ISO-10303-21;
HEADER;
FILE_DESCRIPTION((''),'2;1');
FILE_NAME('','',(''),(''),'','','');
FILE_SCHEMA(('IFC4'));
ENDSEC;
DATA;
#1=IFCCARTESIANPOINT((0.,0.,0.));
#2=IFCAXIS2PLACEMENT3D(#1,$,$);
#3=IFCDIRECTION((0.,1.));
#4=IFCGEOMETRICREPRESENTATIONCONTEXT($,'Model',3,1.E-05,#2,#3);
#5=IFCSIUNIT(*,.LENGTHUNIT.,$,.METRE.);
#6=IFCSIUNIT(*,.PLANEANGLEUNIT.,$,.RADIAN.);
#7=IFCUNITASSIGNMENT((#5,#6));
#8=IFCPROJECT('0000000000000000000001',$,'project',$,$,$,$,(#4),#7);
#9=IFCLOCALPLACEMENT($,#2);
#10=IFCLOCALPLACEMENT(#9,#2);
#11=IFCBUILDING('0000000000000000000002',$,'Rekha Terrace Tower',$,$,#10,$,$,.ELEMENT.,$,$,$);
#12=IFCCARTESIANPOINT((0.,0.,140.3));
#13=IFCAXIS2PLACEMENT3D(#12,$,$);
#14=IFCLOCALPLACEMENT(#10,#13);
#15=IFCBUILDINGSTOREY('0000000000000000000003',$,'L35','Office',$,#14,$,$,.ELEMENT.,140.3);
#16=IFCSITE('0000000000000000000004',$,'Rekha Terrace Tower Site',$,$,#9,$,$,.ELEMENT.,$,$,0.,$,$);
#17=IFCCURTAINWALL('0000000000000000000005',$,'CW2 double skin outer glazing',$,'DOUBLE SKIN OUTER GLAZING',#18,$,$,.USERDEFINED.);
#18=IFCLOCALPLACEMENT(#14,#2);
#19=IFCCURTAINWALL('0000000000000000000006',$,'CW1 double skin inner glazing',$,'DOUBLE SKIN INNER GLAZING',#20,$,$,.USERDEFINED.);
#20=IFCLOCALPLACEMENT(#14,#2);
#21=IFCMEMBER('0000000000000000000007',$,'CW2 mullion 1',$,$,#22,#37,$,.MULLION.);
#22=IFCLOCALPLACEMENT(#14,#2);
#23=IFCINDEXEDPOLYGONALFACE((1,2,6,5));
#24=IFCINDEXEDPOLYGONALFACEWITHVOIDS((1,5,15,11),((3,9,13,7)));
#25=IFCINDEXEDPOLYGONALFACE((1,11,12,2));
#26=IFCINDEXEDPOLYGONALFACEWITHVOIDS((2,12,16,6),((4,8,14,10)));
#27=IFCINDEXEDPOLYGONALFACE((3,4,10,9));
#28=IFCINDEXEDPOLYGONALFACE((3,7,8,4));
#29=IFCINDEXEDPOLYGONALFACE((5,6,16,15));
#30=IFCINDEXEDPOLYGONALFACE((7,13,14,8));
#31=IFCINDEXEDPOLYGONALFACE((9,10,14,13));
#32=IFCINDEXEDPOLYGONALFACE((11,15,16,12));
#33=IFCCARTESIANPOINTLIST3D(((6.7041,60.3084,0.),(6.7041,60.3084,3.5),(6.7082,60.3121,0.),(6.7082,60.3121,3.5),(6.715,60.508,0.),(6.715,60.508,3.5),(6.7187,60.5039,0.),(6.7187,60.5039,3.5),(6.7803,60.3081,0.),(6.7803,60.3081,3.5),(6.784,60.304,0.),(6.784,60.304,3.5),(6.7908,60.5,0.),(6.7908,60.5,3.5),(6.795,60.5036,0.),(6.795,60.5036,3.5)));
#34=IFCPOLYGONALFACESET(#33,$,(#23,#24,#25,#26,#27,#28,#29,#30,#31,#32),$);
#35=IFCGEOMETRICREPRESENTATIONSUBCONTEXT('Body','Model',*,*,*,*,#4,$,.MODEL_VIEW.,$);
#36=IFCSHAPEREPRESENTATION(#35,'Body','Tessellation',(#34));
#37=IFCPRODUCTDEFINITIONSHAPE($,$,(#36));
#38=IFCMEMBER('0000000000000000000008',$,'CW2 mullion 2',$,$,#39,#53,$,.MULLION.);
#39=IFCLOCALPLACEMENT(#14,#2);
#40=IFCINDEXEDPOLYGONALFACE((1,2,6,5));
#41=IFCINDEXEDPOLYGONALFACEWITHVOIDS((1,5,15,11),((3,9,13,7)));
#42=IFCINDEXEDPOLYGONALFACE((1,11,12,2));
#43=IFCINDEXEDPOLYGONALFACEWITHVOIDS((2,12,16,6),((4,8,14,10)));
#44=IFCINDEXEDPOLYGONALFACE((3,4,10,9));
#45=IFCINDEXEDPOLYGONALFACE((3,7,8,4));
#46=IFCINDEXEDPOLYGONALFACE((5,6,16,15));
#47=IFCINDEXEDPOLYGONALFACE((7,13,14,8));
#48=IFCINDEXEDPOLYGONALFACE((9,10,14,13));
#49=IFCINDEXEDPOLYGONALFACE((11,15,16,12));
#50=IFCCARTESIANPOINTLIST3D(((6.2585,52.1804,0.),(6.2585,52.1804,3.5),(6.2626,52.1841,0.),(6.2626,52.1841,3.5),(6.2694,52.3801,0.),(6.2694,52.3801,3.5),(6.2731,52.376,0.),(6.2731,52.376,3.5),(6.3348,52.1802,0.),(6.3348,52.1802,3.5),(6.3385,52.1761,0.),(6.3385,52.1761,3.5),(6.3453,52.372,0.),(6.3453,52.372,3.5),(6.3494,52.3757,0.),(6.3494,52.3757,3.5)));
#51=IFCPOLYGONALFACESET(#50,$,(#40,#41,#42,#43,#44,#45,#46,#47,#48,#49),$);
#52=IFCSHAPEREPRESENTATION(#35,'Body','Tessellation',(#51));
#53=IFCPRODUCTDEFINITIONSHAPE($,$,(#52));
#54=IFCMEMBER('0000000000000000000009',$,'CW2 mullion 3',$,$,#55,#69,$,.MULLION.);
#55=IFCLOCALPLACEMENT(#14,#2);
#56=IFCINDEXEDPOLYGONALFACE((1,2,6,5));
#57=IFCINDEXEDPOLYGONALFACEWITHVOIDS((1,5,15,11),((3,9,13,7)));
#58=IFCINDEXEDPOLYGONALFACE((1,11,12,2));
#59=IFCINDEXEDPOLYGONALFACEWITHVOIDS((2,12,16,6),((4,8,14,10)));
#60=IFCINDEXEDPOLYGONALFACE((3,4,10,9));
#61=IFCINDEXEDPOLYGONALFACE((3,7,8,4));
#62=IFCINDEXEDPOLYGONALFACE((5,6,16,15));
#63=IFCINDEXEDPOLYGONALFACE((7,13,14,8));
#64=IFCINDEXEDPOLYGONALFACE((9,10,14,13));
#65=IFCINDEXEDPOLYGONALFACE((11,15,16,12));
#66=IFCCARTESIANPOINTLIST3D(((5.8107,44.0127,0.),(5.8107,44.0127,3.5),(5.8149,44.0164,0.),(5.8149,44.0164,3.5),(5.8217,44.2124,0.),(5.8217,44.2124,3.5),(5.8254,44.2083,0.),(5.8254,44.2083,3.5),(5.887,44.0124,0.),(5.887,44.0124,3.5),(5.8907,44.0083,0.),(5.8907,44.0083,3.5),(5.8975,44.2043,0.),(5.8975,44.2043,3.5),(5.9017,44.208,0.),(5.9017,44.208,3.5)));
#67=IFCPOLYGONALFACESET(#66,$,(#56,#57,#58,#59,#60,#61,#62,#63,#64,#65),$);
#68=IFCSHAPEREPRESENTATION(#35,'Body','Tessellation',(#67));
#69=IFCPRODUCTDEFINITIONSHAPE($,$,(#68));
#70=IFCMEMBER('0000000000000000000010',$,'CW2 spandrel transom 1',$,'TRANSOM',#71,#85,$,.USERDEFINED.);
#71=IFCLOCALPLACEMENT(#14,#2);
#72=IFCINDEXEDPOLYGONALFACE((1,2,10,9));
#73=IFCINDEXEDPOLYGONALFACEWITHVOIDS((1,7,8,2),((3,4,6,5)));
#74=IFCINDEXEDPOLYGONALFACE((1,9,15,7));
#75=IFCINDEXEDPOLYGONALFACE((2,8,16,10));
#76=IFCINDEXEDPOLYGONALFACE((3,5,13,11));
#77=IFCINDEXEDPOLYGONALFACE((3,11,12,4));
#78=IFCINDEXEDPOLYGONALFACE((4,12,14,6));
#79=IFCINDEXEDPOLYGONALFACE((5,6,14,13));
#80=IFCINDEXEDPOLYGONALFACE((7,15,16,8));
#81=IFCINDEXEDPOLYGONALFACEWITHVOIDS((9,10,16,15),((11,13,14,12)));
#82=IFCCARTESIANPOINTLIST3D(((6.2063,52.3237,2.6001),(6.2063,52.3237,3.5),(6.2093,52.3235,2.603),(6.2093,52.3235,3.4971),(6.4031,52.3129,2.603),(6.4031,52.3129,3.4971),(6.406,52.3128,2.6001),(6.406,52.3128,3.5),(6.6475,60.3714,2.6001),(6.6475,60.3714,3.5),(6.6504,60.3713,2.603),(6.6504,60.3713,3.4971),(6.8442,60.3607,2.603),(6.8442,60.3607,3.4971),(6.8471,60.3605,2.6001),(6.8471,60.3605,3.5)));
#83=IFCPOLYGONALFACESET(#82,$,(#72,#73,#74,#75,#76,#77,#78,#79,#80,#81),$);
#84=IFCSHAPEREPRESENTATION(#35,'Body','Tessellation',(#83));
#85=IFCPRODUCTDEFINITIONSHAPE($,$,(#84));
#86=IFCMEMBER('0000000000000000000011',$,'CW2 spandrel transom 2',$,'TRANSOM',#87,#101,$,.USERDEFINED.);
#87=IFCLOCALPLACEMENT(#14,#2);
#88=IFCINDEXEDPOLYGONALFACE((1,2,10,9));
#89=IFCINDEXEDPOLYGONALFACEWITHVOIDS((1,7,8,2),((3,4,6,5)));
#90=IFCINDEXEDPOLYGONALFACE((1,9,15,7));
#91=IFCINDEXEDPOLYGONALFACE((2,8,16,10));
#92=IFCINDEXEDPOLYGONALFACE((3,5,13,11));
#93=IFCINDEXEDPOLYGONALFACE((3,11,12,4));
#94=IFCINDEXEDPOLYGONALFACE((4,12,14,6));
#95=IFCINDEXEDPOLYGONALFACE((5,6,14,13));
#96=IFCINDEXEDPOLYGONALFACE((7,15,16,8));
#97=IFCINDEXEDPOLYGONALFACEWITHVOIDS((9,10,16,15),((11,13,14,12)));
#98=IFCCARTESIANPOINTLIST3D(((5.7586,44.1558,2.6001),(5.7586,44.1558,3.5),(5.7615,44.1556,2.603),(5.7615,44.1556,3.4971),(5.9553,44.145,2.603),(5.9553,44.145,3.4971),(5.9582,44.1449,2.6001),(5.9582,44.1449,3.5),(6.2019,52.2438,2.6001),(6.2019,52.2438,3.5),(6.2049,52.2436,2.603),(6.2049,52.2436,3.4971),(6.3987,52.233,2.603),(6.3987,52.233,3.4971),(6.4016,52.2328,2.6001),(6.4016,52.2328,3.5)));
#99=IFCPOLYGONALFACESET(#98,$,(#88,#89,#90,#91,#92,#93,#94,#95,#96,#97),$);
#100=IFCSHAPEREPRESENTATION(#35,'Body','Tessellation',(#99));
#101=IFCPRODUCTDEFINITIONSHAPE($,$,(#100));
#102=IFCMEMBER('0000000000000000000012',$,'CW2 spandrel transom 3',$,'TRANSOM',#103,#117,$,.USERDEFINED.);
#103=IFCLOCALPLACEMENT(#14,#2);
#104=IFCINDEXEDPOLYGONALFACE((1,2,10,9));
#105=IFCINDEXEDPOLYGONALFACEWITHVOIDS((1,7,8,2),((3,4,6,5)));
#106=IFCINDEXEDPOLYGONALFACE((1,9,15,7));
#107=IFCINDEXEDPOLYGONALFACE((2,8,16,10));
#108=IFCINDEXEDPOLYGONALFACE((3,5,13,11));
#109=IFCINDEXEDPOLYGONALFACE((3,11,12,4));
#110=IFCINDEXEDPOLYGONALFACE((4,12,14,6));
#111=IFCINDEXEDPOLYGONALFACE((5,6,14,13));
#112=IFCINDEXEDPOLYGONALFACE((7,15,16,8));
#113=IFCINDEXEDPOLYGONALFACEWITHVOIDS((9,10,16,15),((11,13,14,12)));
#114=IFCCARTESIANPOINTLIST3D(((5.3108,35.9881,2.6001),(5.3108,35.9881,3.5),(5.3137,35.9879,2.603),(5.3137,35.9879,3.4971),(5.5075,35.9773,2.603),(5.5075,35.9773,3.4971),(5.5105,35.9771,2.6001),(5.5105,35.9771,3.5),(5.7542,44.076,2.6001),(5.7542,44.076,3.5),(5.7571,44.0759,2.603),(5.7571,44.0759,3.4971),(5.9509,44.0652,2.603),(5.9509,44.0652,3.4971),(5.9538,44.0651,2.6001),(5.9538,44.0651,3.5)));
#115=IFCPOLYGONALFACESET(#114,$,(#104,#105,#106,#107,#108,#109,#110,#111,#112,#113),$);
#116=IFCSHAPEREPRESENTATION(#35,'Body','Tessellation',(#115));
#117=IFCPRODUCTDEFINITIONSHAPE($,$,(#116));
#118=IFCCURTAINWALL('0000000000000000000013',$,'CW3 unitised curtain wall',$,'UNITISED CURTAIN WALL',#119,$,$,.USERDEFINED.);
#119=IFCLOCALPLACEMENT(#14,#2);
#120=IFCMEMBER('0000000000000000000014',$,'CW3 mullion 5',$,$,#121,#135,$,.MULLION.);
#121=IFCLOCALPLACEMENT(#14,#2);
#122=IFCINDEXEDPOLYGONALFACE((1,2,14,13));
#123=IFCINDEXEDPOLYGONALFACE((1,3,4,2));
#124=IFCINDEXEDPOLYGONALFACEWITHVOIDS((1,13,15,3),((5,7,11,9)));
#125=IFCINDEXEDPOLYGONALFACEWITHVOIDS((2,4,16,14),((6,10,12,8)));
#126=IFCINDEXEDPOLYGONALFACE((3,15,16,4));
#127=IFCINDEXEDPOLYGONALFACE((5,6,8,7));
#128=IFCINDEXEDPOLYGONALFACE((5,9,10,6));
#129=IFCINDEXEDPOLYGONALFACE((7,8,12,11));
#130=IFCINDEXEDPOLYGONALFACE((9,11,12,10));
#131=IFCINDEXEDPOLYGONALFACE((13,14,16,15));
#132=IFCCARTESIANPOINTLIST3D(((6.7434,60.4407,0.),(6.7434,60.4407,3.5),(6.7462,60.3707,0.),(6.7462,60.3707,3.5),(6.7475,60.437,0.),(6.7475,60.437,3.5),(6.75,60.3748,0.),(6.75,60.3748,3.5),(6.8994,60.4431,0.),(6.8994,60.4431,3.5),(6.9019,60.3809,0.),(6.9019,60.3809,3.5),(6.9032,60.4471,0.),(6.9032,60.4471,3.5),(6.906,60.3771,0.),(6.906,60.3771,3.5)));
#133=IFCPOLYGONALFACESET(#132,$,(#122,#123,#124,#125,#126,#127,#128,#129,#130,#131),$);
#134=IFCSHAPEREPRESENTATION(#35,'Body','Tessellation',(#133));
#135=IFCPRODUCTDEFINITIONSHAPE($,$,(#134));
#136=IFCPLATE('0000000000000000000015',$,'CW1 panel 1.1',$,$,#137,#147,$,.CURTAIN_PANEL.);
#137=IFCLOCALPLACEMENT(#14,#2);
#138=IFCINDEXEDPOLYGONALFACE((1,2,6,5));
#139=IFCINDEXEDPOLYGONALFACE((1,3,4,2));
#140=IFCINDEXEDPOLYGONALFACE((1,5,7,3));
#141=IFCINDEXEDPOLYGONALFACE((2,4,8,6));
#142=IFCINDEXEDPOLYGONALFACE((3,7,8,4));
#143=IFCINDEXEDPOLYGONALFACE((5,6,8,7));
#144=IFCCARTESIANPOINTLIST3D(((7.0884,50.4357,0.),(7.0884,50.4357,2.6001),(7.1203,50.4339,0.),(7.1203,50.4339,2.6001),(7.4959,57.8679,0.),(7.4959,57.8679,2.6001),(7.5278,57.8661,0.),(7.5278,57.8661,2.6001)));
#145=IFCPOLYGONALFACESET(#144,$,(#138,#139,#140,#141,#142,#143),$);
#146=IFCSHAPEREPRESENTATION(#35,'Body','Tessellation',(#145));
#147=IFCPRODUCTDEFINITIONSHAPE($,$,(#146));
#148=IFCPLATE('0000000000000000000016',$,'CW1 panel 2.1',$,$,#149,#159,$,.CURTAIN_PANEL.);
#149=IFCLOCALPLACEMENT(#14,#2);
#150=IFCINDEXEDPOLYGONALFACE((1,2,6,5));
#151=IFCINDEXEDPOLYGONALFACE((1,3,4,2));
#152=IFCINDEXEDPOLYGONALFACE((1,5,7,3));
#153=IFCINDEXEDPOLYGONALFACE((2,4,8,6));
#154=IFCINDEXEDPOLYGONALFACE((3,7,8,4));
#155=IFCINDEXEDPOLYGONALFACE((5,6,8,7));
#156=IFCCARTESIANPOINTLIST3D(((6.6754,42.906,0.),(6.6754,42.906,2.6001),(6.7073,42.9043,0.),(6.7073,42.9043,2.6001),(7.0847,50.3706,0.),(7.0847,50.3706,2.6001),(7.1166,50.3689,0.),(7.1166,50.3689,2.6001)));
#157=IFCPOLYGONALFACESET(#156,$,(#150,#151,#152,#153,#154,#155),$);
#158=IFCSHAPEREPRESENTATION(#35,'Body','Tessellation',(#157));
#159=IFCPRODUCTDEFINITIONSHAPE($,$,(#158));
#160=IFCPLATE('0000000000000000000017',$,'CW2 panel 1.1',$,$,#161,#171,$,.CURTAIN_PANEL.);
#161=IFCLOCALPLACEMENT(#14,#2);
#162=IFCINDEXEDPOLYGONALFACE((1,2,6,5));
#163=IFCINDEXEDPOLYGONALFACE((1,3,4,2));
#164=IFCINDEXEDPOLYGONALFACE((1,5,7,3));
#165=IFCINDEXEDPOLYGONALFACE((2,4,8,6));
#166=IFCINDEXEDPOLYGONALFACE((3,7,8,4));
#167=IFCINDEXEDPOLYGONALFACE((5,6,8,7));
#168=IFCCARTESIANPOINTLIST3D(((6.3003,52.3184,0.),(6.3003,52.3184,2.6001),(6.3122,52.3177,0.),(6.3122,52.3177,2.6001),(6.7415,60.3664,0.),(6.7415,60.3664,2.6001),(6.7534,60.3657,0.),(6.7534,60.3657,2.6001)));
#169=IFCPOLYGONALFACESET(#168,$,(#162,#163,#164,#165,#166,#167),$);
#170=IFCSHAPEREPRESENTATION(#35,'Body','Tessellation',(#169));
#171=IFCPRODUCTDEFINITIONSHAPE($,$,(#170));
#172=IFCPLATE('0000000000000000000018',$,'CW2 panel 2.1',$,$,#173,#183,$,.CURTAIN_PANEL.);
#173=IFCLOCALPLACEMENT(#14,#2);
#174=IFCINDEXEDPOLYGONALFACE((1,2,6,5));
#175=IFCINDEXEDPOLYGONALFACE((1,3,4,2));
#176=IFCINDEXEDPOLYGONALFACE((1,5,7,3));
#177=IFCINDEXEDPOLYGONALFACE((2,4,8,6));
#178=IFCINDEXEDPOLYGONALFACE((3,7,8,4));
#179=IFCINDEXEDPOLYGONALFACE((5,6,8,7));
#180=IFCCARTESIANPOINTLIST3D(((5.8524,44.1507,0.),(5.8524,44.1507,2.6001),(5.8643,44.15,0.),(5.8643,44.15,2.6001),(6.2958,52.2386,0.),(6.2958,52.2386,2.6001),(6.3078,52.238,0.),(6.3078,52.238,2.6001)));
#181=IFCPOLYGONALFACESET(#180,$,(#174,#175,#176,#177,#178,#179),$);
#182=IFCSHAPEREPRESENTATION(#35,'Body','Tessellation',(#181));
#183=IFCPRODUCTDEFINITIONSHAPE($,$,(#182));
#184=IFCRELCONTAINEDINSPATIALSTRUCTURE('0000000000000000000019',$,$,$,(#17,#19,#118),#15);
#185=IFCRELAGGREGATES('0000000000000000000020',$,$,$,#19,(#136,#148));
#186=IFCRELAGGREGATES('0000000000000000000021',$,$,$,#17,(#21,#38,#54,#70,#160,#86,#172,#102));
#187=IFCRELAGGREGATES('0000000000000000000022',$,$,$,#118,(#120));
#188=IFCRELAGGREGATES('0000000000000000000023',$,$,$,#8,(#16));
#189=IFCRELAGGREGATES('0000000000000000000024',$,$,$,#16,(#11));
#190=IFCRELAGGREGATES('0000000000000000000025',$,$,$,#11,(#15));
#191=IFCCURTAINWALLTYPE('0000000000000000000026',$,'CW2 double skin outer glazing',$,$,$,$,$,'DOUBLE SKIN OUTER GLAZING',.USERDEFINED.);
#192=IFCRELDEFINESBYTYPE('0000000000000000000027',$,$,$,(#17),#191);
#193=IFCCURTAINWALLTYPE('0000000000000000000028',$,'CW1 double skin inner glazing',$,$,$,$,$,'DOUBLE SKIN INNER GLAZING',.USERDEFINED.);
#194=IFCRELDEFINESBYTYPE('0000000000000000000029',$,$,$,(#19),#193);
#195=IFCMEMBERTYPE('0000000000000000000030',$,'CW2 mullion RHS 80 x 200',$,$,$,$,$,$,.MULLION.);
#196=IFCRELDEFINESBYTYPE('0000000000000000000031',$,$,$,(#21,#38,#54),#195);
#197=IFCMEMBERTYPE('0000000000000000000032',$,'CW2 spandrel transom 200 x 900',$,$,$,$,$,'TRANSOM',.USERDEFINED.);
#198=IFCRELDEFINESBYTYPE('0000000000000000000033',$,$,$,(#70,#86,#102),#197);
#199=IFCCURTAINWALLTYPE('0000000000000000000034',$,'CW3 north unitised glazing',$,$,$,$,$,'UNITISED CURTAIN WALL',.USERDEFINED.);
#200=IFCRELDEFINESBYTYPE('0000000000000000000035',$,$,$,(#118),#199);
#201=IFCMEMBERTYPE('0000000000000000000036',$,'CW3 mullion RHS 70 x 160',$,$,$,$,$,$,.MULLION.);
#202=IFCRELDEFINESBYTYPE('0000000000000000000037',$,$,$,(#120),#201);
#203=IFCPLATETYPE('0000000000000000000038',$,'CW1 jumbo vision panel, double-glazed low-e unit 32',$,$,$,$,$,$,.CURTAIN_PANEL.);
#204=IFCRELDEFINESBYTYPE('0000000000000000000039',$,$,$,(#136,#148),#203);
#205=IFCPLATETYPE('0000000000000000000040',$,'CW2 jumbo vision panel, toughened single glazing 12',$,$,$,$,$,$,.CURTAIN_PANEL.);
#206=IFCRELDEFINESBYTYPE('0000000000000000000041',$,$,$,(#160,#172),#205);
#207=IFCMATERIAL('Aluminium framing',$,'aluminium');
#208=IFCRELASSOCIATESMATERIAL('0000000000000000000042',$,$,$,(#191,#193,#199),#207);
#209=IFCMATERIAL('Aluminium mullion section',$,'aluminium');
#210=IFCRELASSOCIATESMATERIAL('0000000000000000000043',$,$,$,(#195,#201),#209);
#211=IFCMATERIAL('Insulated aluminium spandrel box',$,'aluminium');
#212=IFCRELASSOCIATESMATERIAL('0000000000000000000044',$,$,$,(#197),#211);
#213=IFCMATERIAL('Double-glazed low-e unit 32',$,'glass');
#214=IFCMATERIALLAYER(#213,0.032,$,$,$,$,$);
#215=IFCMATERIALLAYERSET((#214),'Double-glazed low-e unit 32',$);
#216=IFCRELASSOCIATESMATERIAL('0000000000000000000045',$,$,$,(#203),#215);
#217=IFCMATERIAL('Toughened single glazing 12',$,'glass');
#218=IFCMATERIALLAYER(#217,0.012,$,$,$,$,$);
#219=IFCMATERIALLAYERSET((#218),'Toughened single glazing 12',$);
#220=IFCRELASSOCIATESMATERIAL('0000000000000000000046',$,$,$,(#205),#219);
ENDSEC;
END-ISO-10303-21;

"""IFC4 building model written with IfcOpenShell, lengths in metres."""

from ifc_helpers import new_model, si_unit, direction, frame, origin, origin_2d, place, context, subcontext, project, spatial, rectangle, hollow_rectangle, extrude, material, layer, layer_set, material_profile, profile_set, type_object, element, aggregate, save


model = new_model("IFC4")

# Units and contexts
model_context = context("Model", 3, precision=1e-05, world=origin(), true_north=direction((0.0, 1.0)))
body_context = subcontext(model_context, "Body", "Model", "MODEL_VIEW")
ifc_project = project(units=[si_unit("LENGTHUNIT", "METRE"), si_unit("PLANEANGLEUNIT", "RADIAN")], contexts=[model_context])

# Site, building, storey
site_placement = place(None, origin())
site = spatial("IfcSite", under=ifc_project, at=site_placement, Name="Rekha Terrace Tower Site", CompositionType="ELEMENT", RefElevation=0.0)
building_placement = place(site_placement, origin())
building = spatial("IfcBuilding", under=site, at=building_placement, Name="Rekha Terrace Tower", CompositionType="ELEMENT")
storey_placement = place(building_placement, frame((0.0, 0.0, 140.3)))
storey = spatial("IfcBuildingStorey", under=building, at=storey_placement, Name="L35", Description="Office", CompositionType="ELEMENT", Elevation=140.3)

# Curtain walls
ifc_material_1 = material(Name="Aluminium framing", Category="aluminium")
curtain_wall_type_1 = type_object("IfcCurtainWallType", Name="CW2 double skin outer glazing", ElementType="DOUBLE SKIN OUTER GLAZING", PredefinedType="USERDEFINED", material=ifc_material_1)
curtain_wall_1_placement = place(storey_placement, origin())
curtain_wall_1 = element("IfcCurtainWall", 1, at=curtain_wall_1_placement, inside=storey, type_object=curtain_wall_type_1, Name="CW2 double skin outer glazing", ObjectType="DOUBLE SKIN OUTER GLAZING", PredefinedType="USERDEFINED")
curtain_wall_type_2 = type_object("IfcCurtainWallType", Name="CW1 double skin inner glazing", ElementType="DOUBLE SKIN INNER GLAZING", PredefinedType="USERDEFINED", material=ifc_material_1)
curtain_wall_2_placement = place(storey_placement, origin())
curtain_wall_2 = element("IfcCurtainWall", 2, at=curtain_wall_2_placement, inside=storey, type_object=curtain_wall_type_2, Name="CW1 double skin inner glazing", ObjectType="DOUBLE SKIN INNER GLAZING", PredefinedType="USERDEFINED")
ifc_material_2 = material(Name="Aluminium mullion section", Category="aluminium")
ifc_material_3 = material(Name="Insulated aluminium spandrel box", Category="aluminium")

# Members
ifc_material_profile_1 = material_profile(ifc_material_2, hollow_rectangle(XDim=0.0801, YDim=0.2, WallThickness=0.0039, at=origin_2d()), Name="AL RHS 80x200")
ifc_profile_set_1 = profile_set([ifc_material_profile_1], Name="Aluminium mullion section")
member_type_1 = type_object("IfcMemberType", Name="CW2 mullion RHS 80 x 200", PredefinedType="MULLION", material=ifc_profile_set_1)
member_1_placement = place(storey_placement, frame((6.7495, 60.406, 0.0), z_axis=(0.0, 0.0, 1.0), x_axis=(0.998501, -0.054742, 0.0)))
member_1 = element("IfcMember", 3, at=member_1_placement, type_object=member_type_1, Name="CW2 mullion 1", PredefinedType="MULLION", context=body_context, shape_type="SweptSolid", body=[
    extrude(hollow_rectangle(XDim=0.0801, YDim=0.2, WallThickness=0.0039, at=origin_2d()), origin(), (0.0, 0.0, 1.0), 3.5),
])
member_2_placement = place(storey_placement, frame((6.304, 52.2781, 0.0), z_axis=(0.0, 0.0, 1.0), x_axis=(0.998501, -0.054742, 0.0)))
member_2 = element("IfcMember", 4, at=member_2_placement, type_object=member_type_1, Name="CW2 mullion 2", PredefinedType="MULLION", context=body_context, shape_type="SweptSolid", body=[
    extrude(hollow_rectangle(XDim=0.0801, YDim=0.2, WallThickness=0.0039, at=origin_2d()), origin(), (0.0, 0.0, 1.0), 3.5),
])
member_3_placement = place(storey_placement, frame((5.8562, 44.1104, 0.0), z_axis=(0.0, 0.0, 1.0), x_axis=(0.998501, -0.054742, 0.0)))
member_3 = element("IfcMember", 5, at=member_3_placement, type_object=member_type_1, Name="CW2 mullion 3", PredefinedType="MULLION", context=body_context, shape_type="SweptSolid", body=[
    extrude(hollow_rectangle(XDim=0.0801, YDim=0.2, WallThickness=0.0039, at=origin_2d()), origin(), (0.0, 0.0, 1.0), 3.5),
])
ifc_material_profile_2 = material_profile(ifc_material_3, hollow_rectangle(XDim=0.2, YDim=0.8999, WallThickness=0.0029, at=origin_2d()), Name="AL SPANDREL BOX 200x900")
ifc_profile_set_2 = profile_set([ifc_material_profile_2], Name="Insulated aluminium spandrel box")
member_type_2 = type_object("IfcMemberType", Name="CW2 spandrel transom 200 x 900", ElementType="TRANSOM", PredefinedType="USERDEFINED", material=ifc_profile_set_2)
member_4_placement = place(storey_placement, frame((6.7473, 60.366, 3.05), z_axis=(-0.054735, -0.998501, 0.0), x_axis=(0.998501, -0.054735, 0.0)))
member_4 = element("IfcMember", 6, at=member_4_placement, type_object=member_type_2, Name="CW2 spandrel transom 1", ObjectType="TRANSOM", PredefinedType="USERDEFINED", context=body_context, shape_type="SweptSolid", body=[
    extrude(hollow_rectangle(XDim=0.2, YDim=0.8999, WallThickness=0.0029, at=origin_2d()), origin(), (0.0, 0.0, 1.0), 8.0598),
])
member_5_placement = place(storey_placement, frame((6.3018, 52.2383, 3.05), z_axis=(-0.054735, -0.998501, 0.0), x_axis=(0.998501, -0.054735, 0.0)))
member_5 = element("IfcMember", 7, at=member_5_placement, type_object=member_type_2, Name="CW2 spandrel transom 2", ObjectType="TRANSOM", PredefinedType="USERDEFINED", context=body_context, shape_type="SweptSolid", body=[
    extrude(hollow_rectangle(XDim=0.2, YDim=0.8999, WallThickness=0.0029, at=origin_2d()), origin(), (0.0, 0.0, 1.0), 8.1001),
])
member_6_placement = place(storey_placement, frame((5.854, 44.0706, 3.05), z_axis=(-0.054735, -0.998501, 0.0), x_axis=(0.998501, -0.054735, 0.0)))
member_6 = element("IfcMember", 8, at=member_6_placement, type_object=member_type_2, Name="CW2 spandrel transom 3", ObjectType="TRANSOM", PredefinedType="USERDEFINED", context=body_context, shape_type="SweptSolid", body=[
    extrude(hollow_rectangle(XDim=0.2, YDim=0.8999, WallThickness=0.0029, at=origin_2d()), origin(), (0.0, 0.0, 1.0), 8.1001),
])

# Curtain wall, member
curtain_wall_type_3 = type_object("IfcCurtainWallType", Name="CW3 north unitised glazing", ElementType="UNITISED CURTAIN WALL", PredefinedType="USERDEFINED", material=ifc_material_1)
curtain_wall_3_placement = place(storey_placement, origin())
curtain_wall_3 = element("IfcCurtainWall", 9, at=curtain_wall_3_placement, inside=storey, type_object=curtain_wall_type_3, Name="CW3 unitised curtain wall", ObjectType="UNITISED CURTAIN WALL", PredefinedType="USERDEFINED")
ifc_material_profile_3 = material_profile(ifc_material_2, hollow_rectangle(XDim=0.0701, YDim=0.1599, WallThickness=0.0039, at=origin_2d()), Name="AL RHS 70x160")
ifc_profile_set_3 = profile_set([ifc_material_profile_3], Name="Aluminium mullion section")
member_type_3 = type_object("IfcMemberType", Name="CW3 mullion RHS 70 x 160", PredefinedType="MULLION", material=ifc_profile_set_3)
member_7_placement = place(storey_placement, frame((6.8247, 60.4089, 0.0), z_axis=(0.0, 0.0, 1.0), x_axis=(0.040032, -0.999198, 0.0)))
member_7 = element("IfcMember", 10, at=member_7_placement, type_object=member_type_3, Name="CW3 mullion 5", PredefinedType="MULLION", context=body_context, shape_type="SweptSolid", body=[
    extrude(hollow_rectangle(XDim=0.0701, YDim=0.1599, WallThickness=0.0039, at=origin_2d()), origin(), (0.0, 0.0, 1.0), 3.5),
])

# Plates
ifc_material_4 = material(Name="Double-glazed low-e unit 32", Category="glass")
ifc_layer_1 = layer(ifc_material_4, 0.032)
ifc_layer_set_1 = layer_set([ifc_layer_1], Name="Double-glazed low-e unit 32")
plate_type_1 = type_object("IfcPlateType", Name="CW1 jumbo vision panel, double-glazed low-e unit 32", PredefinedType="CURTAIN_PANEL", material=ifc_layer_set_1)
plate_1_placement = place(storey_placement, frame((7.3081, 54.1509, 0.0), z_axis=(0.0, 0.0, 1.0), x_axis=(-0.054742, -0.998501, 0.0)))
plate_1 = element("IfcPlate", 11, at=plate_1_placement, type_object=plate_type_1, Name="CW1 panel 1.1", PredefinedType="CURTAIN_PANEL", context=body_context, shape_type="SweptSolid", body=[
    extrude(rectangle(XDim=7.4434, YDim=0.032, at=origin_2d()), origin(), (0.0, 0.0, 1.0), 2.6001),
])
plate_2_placement = place(storey_placement, frame((6.896, 46.6375, 0.0), z_axis=(0.0, 0.0, 1.0), x_axis=(-0.054742, -0.998501, 0.0)))
plate_2 = element("IfcPlate", 12, at=plate_2_placement, type_object=plate_type_1, Name="CW1 panel 2.1", PredefinedType="CURTAIN_PANEL", context=body_context, shape_type="SweptSolid", body=[
    extrude(rectangle(XDim=7.4758, YDim=0.032, at=origin_2d()), origin(), (0.0, 0.0, 1.0), 2.6001),
])
aggregate(curtain_wall_2, [plate_1, plate_2])
ifc_material_5 = material(Name="Toughened single glazing 12", Category="glass")
ifc_layer_2 = layer(ifc_material_5, 0.012)
ifc_layer_set_2 = layer_set([ifc_layer_2], Name="Toughened single glazing 12")
plate_type_2 = type_object("IfcPlateType", Name="CW2 jumbo vision panel, toughened single glazing 12", PredefinedType="CURTAIN_PANEL", material=ifc_layer_set_2)
plate_3_placement = place(storey_placement, frame((6.5269, 56.342, 0.0), z_axis=(0.0, 0.0, 1.0), x_axis=(-0.054742, -0.998501, 0.0)))
plate_3 = element("IfcPlate", 13, at=plate_3_placement, type_object=plate_type_2, Name="CW2 panel 1.1", PredefinedType="CURTAIN_PANEL", context=body_context, shape_type="SweptSolid", body=[
    extrude(rectangle(XDim=8.0601, YDim=0.012, at=origin_2d()), origin(), (0.0, 0.0, 1.0), 2.6001),
])
plate_4_placement = place(storey_placement, frame((6.0801, 48.1943, 0.0), z_axis=(0.0, 0.0, 1.0), x_axis=(-0.054742, -0.998501, 0.0)))
plate_4 = element("IfcPlate", 14, at=plate_4_placement, type_object=plate_type_2, Name="CW2 panel 2.1", PredefinedType="CURTAIN_PANEL", context=body_context, shape_type="SweptSolid", body=[
    extrude(rectangle(XDim=8.1001, YDim=0.012, at=origin_2d()), origin(), (0.0, 0.0, 1.0), 2.6001),
])
aggregate(curtain_wall_1, [member_1, member_2, member_3, member_4, plate_3, member_5, plate_4, member_6])
aggregate(curtain_wall_3, [member_7])

save(model, "model.ifc")
